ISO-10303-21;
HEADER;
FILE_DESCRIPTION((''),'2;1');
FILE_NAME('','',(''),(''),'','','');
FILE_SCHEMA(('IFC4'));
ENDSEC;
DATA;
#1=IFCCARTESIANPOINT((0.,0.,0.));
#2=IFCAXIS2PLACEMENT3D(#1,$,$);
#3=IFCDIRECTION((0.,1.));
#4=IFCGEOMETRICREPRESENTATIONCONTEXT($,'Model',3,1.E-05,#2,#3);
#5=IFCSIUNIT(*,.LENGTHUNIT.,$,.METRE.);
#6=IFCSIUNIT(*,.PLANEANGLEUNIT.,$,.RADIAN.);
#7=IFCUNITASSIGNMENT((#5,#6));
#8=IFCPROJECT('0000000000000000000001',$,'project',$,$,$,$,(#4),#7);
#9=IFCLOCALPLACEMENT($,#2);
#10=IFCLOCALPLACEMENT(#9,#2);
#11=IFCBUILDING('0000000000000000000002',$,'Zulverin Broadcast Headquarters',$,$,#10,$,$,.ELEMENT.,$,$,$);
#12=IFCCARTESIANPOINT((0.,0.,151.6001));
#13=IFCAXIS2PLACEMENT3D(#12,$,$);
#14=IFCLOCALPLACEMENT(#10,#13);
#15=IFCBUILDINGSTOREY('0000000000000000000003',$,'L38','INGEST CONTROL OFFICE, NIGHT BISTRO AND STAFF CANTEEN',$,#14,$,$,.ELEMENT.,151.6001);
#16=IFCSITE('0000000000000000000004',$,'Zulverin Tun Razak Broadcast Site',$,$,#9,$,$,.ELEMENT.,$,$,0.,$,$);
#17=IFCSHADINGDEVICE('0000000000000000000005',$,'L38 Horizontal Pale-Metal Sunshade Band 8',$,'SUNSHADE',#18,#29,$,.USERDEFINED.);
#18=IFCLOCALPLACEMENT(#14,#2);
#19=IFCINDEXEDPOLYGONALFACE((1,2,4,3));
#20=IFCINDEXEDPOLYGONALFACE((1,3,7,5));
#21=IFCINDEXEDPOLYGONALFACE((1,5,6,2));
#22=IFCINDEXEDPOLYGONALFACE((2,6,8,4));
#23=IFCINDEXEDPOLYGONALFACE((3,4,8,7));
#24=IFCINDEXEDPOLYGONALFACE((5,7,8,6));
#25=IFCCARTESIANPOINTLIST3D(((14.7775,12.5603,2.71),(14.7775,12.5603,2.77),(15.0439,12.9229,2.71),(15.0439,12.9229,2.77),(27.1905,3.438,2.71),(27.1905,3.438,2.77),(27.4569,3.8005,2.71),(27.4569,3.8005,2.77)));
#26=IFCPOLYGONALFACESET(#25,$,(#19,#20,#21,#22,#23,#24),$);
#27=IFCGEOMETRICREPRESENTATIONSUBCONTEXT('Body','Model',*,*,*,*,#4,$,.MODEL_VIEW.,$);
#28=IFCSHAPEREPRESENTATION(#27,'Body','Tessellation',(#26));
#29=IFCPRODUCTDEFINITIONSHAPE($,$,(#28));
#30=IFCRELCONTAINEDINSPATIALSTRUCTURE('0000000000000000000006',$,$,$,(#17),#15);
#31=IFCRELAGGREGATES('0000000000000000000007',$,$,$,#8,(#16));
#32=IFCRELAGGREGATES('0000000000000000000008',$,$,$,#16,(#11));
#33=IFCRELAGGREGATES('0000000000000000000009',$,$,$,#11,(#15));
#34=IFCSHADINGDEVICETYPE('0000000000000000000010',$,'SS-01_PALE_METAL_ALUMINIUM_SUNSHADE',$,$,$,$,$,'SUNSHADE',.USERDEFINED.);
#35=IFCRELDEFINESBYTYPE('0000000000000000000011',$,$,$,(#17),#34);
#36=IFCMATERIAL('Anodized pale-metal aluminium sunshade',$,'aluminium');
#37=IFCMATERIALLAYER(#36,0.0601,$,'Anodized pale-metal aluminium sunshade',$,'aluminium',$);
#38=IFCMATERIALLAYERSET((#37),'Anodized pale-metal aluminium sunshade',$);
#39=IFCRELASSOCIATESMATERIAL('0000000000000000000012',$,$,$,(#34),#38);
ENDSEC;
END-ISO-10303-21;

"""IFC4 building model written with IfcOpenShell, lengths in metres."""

from ifc_helpers import new_model, si_unit, direction, frame, origin, origin_2d, place, context, subcontext, project, spatial, rectangle, extrude, material, layer, layer_set, type_object, element, save


model = new_model("IFC4")

# Units and contexts
model_context = context("Model", 3, precision=1e-05, world=origin(), true_north=direction((0.0, 1.0)))
body_context = subcontext(model_context, "Body", "Model", "MODEL_VIEW")
ifc_project = project(units=[si_unit("LENGTHUNIT", "METRE"), si_unit("PLANEANGLEUNIT", "RADIAN")], contexts=[model_context])

# Site, building, storey
site_placement = place(None, origin())
site = spatial("IfcSite", under=ifc_project, at=site_placement, Name="Zulverin Tun Razak Broadcast Site", CompositionType="ELEMENT", RefElevation=0.0)
building_placement = place(site_placement, origin())
building = spatial("IfcBuilding", under=site, at=building_placement, Name="Zulverin Broadcast Headquarters", CompositionType="ELEMENT")
storey_placement = place(building_placement, frame((0.0, 0.0, 151.6001)))
storey = spatial("IfcBuildingStorey", under=building, at=storey_placement, Name="L38", Description="INGEST CONTROL OFFICE, NIGHT BISTRO AND STAFF CANTEEN", CompositionType="ELEMENT", Elevation=151.6001)

# Shading device
ifc_material_1 = material(Name="Anodized pale-metal aluminium sunshade", Category="aluminium")
ifc_layer_1 = layer(ifc_material_1, 0.0601, Name="Anodized pale-metal aluminium sunshade", Category="aluminium")
ifc_layer_set_1 = layer_set([ifc_layer_1], Name="Anodized pale-metal aluminium sunshade")
shading_device_type_1 = type_object("IfcShadingDeviceType", Name="SS-01_PALE_METAL_ALUMINIUM_SUNSHADE", ElementType="SUNSHADE", PredefinedType="USERDEFINED", material=ifc_layer_set_1)
shading_device_1_placement = place(storey_placement, frame((21.1172, 8.1804, 2.71), z_axis=(0.0, 0.0, 1.0), x_axis=(0.805802, -0.592185, 0.0)))
element("IfcShadingDevice", 1, at=shading_device_1_placement, inside=storey, type_object=shading_device_type_1, Name="L38 Horizontal Pale-Metal Sunshade Band 8", ObjectType="SUNSHADE", PredefinedType="USERDEFINED", context=body_context, shape_type="SweptSolid", body=[
    extrude(rectangle(XDim=15.4045, YDim=0.45, at=origin_2d()), origin(), (0.0, 0.0, 1.0), 0.0601),
])

save(model, "model.ifc")
